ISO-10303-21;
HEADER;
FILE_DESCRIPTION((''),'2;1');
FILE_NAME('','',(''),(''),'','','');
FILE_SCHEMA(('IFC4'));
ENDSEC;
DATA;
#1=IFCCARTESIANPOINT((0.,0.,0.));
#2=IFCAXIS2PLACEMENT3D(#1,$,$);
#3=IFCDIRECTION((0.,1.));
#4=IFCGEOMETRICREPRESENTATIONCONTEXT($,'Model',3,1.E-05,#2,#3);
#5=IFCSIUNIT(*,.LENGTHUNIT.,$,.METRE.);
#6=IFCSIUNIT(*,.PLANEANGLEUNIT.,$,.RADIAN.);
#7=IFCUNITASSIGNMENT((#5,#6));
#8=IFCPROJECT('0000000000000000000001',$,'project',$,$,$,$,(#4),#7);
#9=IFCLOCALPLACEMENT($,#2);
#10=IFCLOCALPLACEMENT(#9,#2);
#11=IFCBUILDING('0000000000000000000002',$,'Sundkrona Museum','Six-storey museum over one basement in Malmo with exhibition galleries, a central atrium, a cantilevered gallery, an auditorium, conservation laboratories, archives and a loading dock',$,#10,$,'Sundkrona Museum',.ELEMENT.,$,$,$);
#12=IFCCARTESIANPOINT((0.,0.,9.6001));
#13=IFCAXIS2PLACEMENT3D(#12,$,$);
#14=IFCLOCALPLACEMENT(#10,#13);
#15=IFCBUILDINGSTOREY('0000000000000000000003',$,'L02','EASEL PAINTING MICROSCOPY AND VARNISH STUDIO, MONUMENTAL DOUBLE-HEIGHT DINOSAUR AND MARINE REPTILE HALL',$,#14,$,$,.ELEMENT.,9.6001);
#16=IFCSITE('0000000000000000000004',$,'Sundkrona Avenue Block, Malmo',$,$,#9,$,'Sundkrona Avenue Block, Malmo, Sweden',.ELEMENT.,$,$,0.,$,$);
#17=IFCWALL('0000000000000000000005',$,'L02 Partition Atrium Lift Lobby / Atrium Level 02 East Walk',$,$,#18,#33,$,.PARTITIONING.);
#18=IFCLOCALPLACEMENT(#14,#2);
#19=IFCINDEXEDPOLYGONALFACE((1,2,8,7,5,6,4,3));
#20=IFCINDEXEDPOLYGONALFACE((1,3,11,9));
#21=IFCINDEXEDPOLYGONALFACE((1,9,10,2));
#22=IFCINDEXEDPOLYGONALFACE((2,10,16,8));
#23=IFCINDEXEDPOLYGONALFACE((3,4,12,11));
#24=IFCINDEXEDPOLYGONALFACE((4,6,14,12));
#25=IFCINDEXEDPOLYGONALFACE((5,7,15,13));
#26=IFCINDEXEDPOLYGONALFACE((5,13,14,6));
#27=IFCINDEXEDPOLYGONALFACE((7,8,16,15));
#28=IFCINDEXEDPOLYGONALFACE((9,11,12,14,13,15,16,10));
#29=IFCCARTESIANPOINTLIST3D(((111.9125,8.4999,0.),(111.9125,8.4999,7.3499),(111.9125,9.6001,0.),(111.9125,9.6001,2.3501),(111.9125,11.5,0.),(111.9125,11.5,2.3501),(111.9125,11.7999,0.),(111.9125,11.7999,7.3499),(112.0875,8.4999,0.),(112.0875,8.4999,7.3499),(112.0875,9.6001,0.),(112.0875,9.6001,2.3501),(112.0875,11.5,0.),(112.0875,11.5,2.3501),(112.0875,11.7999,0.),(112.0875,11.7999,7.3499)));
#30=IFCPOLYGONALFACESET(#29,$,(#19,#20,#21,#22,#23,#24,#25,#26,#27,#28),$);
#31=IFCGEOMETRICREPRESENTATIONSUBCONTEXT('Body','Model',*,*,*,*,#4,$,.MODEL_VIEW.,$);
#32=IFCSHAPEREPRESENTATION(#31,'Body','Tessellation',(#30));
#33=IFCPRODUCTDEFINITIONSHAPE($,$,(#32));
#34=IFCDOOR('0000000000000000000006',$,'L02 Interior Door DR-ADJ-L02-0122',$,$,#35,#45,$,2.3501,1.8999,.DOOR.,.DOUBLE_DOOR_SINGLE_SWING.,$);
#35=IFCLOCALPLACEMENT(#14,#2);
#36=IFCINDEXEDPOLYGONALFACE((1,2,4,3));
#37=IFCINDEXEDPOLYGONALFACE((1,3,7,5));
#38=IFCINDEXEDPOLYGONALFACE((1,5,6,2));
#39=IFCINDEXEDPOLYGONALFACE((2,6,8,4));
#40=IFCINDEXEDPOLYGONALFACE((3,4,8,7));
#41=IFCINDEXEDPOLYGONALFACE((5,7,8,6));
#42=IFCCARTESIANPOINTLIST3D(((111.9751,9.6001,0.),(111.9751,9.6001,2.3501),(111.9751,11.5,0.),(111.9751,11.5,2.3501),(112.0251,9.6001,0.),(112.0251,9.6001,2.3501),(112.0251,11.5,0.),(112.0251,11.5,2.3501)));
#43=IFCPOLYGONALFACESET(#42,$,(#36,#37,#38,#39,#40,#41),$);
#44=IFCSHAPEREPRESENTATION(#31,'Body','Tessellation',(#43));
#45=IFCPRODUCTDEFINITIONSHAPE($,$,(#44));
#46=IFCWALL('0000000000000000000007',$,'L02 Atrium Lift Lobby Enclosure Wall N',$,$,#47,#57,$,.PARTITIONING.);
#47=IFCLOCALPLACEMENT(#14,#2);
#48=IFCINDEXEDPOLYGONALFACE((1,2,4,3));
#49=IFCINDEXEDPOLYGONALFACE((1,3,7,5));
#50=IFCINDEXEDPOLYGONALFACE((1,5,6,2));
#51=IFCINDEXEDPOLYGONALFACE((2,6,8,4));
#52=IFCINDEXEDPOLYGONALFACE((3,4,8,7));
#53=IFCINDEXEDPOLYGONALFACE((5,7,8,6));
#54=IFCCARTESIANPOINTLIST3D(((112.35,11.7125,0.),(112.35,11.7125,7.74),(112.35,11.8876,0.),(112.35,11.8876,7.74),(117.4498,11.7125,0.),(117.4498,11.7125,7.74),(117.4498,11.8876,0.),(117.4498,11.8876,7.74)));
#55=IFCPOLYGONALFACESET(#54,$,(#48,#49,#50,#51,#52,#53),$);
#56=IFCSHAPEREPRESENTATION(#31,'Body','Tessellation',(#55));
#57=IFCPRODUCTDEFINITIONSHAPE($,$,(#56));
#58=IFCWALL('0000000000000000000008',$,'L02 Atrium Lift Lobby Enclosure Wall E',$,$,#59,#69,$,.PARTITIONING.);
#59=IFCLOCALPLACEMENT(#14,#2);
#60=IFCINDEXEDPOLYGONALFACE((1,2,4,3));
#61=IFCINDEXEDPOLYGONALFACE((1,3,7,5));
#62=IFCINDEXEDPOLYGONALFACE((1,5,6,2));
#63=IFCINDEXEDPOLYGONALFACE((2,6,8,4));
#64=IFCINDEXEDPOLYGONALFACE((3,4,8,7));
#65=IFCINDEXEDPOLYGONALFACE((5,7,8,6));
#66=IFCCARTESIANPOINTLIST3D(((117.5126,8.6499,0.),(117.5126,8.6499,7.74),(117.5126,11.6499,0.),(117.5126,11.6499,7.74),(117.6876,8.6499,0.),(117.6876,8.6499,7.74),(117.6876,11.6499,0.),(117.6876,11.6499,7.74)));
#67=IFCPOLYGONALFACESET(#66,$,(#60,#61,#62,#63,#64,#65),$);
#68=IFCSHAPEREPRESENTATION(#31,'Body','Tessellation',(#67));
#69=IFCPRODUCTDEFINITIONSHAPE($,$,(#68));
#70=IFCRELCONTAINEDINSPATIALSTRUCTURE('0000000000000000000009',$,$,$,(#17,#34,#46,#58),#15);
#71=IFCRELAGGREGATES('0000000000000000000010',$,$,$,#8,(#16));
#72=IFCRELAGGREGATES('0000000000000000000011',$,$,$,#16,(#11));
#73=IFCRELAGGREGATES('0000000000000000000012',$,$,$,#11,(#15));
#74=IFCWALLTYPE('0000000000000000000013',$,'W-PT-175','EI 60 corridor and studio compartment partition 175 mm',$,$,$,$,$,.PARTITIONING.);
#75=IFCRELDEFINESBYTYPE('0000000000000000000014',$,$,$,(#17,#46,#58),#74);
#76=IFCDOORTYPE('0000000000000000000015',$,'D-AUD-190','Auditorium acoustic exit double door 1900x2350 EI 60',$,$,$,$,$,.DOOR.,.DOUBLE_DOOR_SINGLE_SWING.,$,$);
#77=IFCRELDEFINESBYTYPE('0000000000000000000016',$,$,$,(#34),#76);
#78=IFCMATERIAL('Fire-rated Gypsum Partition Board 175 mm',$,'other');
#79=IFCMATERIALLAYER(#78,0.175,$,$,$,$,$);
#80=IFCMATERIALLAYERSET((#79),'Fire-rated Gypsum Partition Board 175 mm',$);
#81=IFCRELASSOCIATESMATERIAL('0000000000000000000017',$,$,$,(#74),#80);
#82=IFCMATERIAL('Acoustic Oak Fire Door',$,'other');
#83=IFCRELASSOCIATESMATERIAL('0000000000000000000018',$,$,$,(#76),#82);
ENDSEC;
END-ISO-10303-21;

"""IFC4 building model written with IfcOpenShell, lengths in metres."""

from ifc_helpers import new_model, si_unit, direction, frame, frame_2d, origin, place, context, subcontext, project, spatial, rectangle, extrude, material, layer, layer_set, type_object, element, fill, save


model = new_model("IFC4")

# Units and contexts
model_context = context("Model", 3, precision=1e-05, world=origin(), true_north=direction((0.0, 1.0)))
body_context = subcontext(model_context, "Body", "Model", "MODEL_VIEW")
ifc_project = project(units=[si_unit("LENGTHUNIT", "METRE"), si_unit("PLANEANGLEUNIT", "RADIAN")], contexts=[model_context])

# Site, building, storey
site_placement = place(None, origin())
site = spatial("IfcSite", under=ifc_project, at=site_placement, Name="Sundkrona Avenue Block, Malmo", LongName="Sundkrona Avenue Block, Malmo, Sweden", CompositionType="ELEMENT", RefElevation=0.0)
building_placement = place(site_placement, origin())
building = spatial("IfcBuilding", under=site, at=building_placement, Name="Sundkrona Museum", Description="Six-storey museum over one basement in Malmo with exhibition galleries, a central atrium, a cantilevered gallery, an auditorium, conservation laboratories, archives and a loading dock", LongName="Sundkrona Museum", CompositionType="ELEMENT")
storey_placement = place(building_placement, frame((0.0, 0.0, 9.6001)))
storey = spatial("IfcBuildingStorey", under=building, at=storey_placement, Name="L02", Description="EASEL PAINTING MICROSCOPY AND VARNISH STUDIO, MONUMENTAL DOUBLE-HEIGHT DINOSAUR AND MARINE REPTILE HALL", CompositionType="ELEMENT", Elevation=9.6001)

# Wall, opening, door
ifc_material_1 = material(Name="Fire-rated Gypsum Partition Board 175 mm", Category="other")
ifc_layer_1 = layer(ifc_material_1, 0.175)
ifc_layer_set_1 = layer_set([ifc_layer_1], Name="Fire-rated Gypsum Partition Board 175 mm")
wall_type_1 = type_object("IfcWallType", Name="W-PT-175", Description="EI 60 corridor and studio compartment partition 175 mm", PredefinedType="PARTITIONING", material=ifc_layer_set_1)
wall_1_placement = place(storey_placement, frame((112.0, 8.5, 0.0), z_axis=(0.0, 0.0, 1.0), x_axis=(0.0, 1.0, 0.0)))
wall_1 = element("IfcWall", 1, at=wall_1_placement, inside=storey, type_object=wall_type_1, Name="L02 Partition Atrium Lift Lobby / Atrium Level 02 East Walk", PredefinedType="PARTITIONING", context=body_context, shape_type="SweptSolid", body=[
    extrude(rectangle(XDim=3.3, YDim=0.175, at=frame_2d((1.6499, 0.0))), origin(), (0.0, 0.0, 1.0), 7.3499),
])
opening_1_placement = place(wall_1_placement, frame((1.1001, 0.0, 0.0)))
opening_1 = element("IfcOpeningElement", 2, at=opening_1_placement, cuts=wall_1, PredefinedType="OPENING", context=body_context, shape_type="SweptSolid", body=[
    extrude(rectangle(XDim=1.8999, YDim=2.3501, at=frame_2d((0.95, 1.175))), frame((0.0, 0.0974, 0.0), z_axis=(0.0, -1.0, 0.0), x_axis=(1.0, 0.0, 0.0)), (0.0, 0.0, 1.0), 0.1951),
])
ifc_material_2 = material(Name="Acoustic Oak Fire Door", Category="other")
door_type_1 = type_object("IfcDoorType", Name="D-AUD-190", Description="Auditorium acoustic exit double door 1900x2350 EI 60", OperationType="DOUBLE_DOOR_SINGLE_SWING", PredefinedType="DOOR", material=ifc_material_2)
door_1_placement = place(opening_1_placement, origin())
door_1 = element("IfcDoor", 3, at=door_1_placement, inside=storey, type_object=door_type_1, Name="L02 Interior Door DR-ADJ-L02-0122", OperationType="DOUBLE_DOOR_SINGLE_SWING", OverallHeight=2.3501, OverallWidth=1.8999, PredefinedType="DOOR", context=body_context, shape_type="SweptSolid", body=[
    extrude(rectangle(XDim=1.8999, YDim=2.3501, at=frame_2d((0.95, 1.175))), frame((0.0, 0.0249, 0.0), z_axis=(0.0, -1.0, 0.0), x_axis=(1.0, 0.0, 0.0)), (0.0, 0.0, 1.0), 0.05),
])
fill(opening_1, door_1)

# Walls
wall_2_placement = place(storey_placement, frame((112.3501, 11.8, 0.0), z_axis=(0.0, 0.0, 1.0), x_axis=(1.0, 0.0, 0.0)))
element("IfcWall", 4, at=wall_2_placement, inside=storey, type_object=wall_type_1, Name="L02 Atrium Lift Lobby Enclosure Wall N", PredefinedType="PARTITIONING", context=body_context, shape_type="SweptSolid", body=[
    extrude(rectangle(XDim=5.0999, YDim=0.175, at=frame_2d((2.5498, 0.0))), origin(), (0.0, 0.0, 1.0), 7.74),
])
wall_3_placement = place(storey_placement, frame((117.6001, 8.6499, 0.0), z_axis=(0.0, 0.0, 1.0), x_axis=(0.0, 1.0, 0.0)))
element("IfcWall", 5, at=wall_3_placement, inside=storey, type_object=wall_type_1, Name="L02 Atrium Lift Lobby Enclosure Wall E", PredefinedType="PARTITIONING", context=body_context, shape_type="SweptSolid", body=[
    extrude(rectangle(XDim=3.0, YDim=0.175, at=frame_2d((1.5, 0.0))), origin(), (0.0, 0.0, 1.0), 7.74),
])

save(model, "model.ifc")
